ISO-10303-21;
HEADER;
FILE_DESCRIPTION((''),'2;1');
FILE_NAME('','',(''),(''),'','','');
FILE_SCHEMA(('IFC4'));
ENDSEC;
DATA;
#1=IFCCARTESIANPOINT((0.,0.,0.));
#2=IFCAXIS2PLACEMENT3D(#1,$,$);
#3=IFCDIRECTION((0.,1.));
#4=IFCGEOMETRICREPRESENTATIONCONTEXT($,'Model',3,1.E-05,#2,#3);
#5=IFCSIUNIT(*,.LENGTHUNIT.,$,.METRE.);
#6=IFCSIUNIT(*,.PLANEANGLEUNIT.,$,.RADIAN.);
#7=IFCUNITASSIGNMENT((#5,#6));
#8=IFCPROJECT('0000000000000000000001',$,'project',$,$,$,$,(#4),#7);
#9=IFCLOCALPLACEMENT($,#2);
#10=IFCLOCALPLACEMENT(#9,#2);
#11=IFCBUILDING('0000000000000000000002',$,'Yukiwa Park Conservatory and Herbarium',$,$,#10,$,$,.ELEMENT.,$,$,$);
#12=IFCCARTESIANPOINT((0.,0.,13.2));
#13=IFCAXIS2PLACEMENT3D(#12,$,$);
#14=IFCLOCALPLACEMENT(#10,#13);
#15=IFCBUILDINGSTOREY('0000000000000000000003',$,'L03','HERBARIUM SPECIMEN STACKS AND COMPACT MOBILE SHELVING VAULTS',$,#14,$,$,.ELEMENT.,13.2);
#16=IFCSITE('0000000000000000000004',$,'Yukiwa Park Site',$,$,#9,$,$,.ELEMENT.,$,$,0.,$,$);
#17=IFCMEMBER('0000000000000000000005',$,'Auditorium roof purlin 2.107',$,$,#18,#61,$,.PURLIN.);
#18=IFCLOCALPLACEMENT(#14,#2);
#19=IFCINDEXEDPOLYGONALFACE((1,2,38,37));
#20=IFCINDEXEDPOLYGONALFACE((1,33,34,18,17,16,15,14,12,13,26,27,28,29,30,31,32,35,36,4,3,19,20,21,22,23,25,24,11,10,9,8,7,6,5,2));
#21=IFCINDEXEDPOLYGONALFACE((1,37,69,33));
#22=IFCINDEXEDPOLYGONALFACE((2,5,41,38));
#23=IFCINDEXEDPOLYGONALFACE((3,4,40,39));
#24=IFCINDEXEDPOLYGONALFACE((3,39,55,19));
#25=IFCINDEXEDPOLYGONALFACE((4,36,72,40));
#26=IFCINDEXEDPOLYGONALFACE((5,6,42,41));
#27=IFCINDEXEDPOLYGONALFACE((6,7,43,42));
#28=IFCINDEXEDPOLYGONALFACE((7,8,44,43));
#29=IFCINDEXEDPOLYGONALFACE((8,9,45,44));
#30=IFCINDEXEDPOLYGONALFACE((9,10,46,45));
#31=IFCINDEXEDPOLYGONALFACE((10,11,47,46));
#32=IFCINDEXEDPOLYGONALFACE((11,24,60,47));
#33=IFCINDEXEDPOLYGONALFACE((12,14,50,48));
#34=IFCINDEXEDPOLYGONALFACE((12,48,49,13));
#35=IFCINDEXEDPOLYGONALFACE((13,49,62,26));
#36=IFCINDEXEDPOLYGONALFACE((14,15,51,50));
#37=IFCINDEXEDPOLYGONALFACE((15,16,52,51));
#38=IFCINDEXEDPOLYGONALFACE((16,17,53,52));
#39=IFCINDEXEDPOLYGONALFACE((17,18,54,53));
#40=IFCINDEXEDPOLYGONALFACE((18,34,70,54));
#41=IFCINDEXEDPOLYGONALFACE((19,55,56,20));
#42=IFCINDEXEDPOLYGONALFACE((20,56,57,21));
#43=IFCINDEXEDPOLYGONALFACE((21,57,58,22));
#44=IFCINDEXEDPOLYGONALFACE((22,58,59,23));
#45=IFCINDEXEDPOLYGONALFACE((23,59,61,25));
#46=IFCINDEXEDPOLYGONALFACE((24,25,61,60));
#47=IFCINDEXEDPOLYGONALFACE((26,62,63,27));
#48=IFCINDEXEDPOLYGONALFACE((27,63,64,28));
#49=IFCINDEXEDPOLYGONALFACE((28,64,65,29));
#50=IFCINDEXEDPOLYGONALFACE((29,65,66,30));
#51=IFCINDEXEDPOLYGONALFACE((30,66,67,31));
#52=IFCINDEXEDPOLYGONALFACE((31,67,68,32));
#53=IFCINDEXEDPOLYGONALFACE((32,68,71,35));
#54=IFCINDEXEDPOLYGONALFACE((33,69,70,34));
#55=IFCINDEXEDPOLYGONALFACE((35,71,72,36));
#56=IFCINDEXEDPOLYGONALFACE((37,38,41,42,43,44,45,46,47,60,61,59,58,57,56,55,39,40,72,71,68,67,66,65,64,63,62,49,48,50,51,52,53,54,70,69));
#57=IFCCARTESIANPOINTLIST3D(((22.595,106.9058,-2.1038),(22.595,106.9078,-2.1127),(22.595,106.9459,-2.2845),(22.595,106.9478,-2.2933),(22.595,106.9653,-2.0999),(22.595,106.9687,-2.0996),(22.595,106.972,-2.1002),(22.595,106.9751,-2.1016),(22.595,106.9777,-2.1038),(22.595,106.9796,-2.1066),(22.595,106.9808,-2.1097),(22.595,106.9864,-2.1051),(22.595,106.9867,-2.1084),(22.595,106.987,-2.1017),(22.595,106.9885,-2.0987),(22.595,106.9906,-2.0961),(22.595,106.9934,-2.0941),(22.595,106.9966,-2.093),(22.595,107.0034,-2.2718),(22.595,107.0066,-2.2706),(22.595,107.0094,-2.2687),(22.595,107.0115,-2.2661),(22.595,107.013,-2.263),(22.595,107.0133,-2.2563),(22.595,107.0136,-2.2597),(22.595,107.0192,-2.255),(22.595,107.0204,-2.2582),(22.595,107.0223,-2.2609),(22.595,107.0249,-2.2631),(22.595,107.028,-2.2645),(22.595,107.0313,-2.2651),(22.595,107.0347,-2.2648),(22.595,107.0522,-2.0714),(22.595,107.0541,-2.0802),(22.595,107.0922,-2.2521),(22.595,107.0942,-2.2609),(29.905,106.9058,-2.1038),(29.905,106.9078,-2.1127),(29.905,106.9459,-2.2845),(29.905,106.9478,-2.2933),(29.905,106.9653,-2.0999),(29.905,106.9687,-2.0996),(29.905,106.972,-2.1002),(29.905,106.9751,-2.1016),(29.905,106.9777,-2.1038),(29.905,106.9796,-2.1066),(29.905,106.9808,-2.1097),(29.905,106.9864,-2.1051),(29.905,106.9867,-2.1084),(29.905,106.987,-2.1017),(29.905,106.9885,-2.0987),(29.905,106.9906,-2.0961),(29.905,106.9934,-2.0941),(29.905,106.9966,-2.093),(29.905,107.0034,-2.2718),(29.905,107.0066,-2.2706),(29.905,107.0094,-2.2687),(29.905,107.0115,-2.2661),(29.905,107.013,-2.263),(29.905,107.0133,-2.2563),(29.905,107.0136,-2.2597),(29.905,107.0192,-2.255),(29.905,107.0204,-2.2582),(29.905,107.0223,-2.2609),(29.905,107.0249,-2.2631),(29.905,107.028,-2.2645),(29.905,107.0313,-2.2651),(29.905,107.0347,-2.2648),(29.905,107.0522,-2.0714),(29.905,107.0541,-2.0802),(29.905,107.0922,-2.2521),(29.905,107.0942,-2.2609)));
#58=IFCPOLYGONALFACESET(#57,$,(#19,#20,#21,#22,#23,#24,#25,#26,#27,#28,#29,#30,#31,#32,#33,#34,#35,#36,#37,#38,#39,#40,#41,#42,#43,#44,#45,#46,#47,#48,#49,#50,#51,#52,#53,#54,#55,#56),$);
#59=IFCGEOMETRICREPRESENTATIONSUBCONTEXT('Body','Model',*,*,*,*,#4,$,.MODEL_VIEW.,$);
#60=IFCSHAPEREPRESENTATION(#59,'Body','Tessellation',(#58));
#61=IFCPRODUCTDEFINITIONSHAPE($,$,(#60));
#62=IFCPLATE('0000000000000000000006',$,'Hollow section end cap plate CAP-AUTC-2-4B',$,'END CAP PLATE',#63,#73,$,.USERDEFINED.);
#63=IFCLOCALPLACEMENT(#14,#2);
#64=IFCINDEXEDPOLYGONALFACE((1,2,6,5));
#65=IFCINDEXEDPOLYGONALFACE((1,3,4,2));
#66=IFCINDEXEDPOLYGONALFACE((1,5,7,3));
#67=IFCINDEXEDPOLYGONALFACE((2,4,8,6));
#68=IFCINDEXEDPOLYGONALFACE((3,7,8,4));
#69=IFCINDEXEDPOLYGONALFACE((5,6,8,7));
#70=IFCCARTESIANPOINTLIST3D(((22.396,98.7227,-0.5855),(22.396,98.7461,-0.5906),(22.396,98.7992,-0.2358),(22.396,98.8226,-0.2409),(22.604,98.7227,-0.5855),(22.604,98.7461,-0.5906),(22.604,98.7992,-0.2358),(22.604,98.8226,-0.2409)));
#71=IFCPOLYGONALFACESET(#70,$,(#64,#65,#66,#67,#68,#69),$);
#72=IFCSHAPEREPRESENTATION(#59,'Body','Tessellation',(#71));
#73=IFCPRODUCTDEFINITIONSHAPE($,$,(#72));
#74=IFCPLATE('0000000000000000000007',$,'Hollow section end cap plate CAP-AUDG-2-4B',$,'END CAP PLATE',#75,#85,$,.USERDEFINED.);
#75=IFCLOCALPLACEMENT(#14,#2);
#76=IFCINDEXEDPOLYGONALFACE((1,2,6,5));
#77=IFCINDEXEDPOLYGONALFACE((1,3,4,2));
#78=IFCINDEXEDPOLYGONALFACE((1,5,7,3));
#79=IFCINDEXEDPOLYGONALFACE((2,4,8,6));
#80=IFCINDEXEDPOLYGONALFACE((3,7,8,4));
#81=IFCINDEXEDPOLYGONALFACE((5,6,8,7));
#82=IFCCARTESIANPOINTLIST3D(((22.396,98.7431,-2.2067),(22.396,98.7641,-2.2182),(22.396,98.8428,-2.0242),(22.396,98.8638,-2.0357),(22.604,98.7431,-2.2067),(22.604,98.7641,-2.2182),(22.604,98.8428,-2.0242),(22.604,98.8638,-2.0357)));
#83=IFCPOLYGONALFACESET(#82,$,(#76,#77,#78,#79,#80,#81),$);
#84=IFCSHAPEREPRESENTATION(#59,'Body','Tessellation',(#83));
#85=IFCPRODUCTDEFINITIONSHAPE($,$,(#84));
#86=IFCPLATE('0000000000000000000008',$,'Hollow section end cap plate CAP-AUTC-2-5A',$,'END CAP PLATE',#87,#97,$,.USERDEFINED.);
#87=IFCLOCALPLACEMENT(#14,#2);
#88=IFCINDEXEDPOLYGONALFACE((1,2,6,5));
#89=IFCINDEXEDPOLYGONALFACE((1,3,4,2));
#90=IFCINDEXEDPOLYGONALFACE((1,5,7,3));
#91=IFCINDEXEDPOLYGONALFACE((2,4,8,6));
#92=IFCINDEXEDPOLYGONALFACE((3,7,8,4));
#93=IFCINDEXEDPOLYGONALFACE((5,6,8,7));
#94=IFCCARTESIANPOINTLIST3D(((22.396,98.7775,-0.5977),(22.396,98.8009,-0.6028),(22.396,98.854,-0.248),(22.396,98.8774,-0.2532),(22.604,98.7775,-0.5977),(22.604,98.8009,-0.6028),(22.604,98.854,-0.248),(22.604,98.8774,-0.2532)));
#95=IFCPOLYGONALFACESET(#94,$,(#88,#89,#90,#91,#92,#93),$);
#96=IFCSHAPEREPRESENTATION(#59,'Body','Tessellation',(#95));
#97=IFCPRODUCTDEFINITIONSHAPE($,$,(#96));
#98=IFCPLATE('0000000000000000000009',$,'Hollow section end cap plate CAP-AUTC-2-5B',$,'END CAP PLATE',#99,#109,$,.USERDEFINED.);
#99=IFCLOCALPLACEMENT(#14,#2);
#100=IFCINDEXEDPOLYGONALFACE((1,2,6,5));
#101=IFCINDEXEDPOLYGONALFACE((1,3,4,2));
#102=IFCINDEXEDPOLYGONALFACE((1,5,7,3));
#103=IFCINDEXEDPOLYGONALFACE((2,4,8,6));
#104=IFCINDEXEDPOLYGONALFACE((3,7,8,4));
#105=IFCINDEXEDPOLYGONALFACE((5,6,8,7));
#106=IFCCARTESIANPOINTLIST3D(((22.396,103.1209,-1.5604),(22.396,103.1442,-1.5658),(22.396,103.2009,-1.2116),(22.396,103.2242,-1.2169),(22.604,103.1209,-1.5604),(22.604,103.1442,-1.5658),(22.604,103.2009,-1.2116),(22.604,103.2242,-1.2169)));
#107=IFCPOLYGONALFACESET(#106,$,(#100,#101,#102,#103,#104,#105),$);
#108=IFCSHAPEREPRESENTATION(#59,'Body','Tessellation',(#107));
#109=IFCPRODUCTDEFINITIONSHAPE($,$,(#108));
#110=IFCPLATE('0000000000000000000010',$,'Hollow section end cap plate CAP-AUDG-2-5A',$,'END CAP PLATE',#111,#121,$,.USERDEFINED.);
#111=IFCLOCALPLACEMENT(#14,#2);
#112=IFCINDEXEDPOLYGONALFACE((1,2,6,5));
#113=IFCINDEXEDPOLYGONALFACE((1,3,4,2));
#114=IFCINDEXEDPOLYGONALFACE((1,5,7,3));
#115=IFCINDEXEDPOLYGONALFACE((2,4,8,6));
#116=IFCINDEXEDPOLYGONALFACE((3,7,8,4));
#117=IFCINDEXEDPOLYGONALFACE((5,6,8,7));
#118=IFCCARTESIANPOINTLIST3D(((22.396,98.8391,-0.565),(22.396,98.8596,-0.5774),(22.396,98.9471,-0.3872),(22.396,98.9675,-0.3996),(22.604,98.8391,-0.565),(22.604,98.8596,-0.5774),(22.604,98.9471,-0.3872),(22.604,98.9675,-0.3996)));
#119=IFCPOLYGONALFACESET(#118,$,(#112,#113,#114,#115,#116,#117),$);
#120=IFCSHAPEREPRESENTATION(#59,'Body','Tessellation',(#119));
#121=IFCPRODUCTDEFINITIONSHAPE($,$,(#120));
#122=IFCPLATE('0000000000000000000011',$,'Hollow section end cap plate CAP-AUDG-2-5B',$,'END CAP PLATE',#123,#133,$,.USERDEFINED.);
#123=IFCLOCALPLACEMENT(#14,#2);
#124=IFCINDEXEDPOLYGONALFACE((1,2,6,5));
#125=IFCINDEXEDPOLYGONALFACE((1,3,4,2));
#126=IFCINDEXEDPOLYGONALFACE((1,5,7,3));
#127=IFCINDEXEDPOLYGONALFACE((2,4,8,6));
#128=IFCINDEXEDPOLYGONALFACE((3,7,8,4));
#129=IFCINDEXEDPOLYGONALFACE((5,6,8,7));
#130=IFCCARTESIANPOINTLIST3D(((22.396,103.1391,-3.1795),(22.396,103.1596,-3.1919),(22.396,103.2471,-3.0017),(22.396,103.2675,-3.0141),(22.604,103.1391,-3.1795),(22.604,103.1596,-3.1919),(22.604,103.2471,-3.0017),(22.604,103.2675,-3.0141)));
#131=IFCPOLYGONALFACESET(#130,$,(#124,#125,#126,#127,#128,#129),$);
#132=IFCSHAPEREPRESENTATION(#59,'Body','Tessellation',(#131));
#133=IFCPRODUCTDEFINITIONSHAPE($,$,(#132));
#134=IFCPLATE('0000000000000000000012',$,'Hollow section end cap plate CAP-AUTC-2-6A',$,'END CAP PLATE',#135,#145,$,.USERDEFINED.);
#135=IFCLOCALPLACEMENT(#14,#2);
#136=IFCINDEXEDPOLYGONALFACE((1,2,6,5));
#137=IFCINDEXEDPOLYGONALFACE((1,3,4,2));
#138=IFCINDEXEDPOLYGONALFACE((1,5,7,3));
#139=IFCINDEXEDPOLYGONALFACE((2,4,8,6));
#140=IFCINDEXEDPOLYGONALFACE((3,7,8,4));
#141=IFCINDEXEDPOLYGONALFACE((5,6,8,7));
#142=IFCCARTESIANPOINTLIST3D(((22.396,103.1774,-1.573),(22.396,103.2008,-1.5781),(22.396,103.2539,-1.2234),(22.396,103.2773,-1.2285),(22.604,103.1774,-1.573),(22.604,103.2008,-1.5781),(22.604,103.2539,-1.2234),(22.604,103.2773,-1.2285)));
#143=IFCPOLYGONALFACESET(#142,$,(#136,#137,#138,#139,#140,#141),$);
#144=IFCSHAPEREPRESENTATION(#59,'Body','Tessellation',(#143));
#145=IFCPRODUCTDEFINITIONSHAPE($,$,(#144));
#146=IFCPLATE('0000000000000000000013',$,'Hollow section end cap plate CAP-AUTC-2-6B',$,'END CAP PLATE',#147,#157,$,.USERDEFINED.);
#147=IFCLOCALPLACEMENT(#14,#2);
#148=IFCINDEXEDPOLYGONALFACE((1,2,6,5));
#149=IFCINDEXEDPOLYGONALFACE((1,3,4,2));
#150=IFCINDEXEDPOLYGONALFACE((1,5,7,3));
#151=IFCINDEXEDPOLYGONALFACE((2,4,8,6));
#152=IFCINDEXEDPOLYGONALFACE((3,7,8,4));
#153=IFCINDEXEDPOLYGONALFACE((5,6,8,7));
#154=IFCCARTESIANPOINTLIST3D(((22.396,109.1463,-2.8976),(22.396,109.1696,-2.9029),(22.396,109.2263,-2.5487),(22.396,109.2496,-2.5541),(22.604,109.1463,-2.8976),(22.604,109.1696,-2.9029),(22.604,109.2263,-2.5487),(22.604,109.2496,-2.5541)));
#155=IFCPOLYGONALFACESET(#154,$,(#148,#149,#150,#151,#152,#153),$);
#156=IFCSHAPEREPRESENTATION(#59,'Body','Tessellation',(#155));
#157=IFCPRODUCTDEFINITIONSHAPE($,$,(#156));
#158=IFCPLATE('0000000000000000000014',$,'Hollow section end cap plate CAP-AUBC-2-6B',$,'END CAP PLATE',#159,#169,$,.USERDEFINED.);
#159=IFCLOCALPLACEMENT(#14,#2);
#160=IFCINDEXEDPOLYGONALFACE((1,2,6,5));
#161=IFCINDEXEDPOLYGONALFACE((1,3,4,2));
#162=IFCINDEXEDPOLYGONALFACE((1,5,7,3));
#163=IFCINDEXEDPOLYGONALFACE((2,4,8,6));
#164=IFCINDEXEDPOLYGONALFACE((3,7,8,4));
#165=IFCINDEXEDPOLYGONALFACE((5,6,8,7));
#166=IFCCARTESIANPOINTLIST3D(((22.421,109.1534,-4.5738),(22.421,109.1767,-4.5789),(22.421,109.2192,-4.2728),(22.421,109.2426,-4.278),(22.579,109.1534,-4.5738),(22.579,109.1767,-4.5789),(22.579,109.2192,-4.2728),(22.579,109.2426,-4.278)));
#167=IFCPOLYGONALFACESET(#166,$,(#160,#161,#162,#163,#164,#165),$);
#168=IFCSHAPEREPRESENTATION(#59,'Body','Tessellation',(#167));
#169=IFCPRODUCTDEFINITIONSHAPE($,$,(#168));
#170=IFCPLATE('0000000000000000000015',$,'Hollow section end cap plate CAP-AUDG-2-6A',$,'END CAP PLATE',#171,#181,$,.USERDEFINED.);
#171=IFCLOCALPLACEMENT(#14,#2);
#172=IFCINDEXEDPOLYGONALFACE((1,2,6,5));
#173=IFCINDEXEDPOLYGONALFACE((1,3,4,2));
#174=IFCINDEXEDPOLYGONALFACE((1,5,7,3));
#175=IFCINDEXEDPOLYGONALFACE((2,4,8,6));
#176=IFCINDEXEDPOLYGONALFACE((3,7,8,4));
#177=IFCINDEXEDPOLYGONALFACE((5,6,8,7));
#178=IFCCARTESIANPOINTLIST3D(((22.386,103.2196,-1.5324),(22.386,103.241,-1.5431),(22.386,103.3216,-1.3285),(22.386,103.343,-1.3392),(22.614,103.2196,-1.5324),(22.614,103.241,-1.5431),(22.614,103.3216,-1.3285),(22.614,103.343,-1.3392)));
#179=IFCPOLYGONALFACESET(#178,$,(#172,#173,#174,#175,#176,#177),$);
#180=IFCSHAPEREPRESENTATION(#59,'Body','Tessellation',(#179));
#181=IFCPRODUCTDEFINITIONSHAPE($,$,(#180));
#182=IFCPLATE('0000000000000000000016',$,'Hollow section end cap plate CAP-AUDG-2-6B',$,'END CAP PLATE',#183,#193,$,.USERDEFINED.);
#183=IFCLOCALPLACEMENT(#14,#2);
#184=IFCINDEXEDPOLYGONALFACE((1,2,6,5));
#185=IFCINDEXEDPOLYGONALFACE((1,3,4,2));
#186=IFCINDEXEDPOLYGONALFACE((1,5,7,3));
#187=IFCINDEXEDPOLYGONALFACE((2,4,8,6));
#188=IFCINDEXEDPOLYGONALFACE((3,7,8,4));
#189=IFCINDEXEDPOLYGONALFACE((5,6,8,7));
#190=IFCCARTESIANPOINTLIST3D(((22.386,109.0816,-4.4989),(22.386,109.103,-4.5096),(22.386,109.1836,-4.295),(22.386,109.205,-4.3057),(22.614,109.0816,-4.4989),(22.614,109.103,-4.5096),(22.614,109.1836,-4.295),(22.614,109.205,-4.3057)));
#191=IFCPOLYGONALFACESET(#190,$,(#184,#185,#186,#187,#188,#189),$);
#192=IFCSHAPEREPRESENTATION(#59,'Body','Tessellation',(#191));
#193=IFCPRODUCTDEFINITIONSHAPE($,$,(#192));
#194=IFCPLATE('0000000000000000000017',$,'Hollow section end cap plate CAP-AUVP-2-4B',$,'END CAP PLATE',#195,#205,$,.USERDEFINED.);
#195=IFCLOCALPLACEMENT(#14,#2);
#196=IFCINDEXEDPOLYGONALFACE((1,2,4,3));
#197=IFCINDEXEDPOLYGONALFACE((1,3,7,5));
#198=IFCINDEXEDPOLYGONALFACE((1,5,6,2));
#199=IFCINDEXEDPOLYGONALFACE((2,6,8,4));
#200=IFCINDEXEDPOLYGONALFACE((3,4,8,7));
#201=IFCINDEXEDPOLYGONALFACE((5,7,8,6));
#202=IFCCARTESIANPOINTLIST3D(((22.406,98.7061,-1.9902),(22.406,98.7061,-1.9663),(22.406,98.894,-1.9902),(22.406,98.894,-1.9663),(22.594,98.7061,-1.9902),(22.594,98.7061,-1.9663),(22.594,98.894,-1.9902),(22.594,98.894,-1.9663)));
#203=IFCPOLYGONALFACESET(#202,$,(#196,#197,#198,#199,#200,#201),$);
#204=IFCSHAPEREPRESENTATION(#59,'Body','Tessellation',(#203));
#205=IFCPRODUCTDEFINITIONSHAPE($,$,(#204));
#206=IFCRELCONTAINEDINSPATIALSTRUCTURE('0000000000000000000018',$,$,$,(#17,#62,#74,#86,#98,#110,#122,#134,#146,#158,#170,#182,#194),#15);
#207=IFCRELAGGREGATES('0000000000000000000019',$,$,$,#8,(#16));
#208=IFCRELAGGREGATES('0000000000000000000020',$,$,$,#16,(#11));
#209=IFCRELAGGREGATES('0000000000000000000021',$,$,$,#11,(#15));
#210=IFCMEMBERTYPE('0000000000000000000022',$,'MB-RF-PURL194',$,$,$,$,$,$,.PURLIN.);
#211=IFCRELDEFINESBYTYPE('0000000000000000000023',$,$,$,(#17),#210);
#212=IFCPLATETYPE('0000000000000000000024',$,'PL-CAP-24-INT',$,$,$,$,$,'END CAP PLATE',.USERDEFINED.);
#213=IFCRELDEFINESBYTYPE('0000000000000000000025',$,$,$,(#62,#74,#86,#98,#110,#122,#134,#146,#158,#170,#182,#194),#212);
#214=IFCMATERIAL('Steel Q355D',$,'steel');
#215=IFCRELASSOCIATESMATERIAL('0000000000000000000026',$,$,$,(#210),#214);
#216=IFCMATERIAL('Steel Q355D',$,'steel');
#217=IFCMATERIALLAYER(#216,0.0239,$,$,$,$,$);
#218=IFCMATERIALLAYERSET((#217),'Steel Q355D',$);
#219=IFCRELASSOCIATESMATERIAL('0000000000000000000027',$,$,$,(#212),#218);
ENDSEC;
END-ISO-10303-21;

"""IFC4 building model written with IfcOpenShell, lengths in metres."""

from ifc_helpers import new_model, si_unit, direction, frame, origin, origin_2d, place, context, subcontext, project, spatial, rectangle, i_section, extrude, material, layer, layer_set, material_profile, profile_set, type_object, element, save


model = new_model("IFC4")

# Units and contexts
model_context = context("Model", 3, precision=1e-05, world=origin(), true_north=direction((0.0, 1.0)))
body_context = subcontext(model_context, "Body", "Model", "MODEL_VIEW")
ifc_project = project(units=[si_unit("LENGTHUNIT", "METRE"), si_unit("PLANEANGLEUNIT", "RADIAN")], contexts=[model_context])

# Site, building, storey
site_placement = place(None, origin())
site = spatial("IfcSite", under=ifc_project, at=site_placement, Name="Yukiwa Park Site", CompositionType="ELEMENT", RefElevation=0.0)
building_placement = place(site_placement, origin())
building = spatial("IfcBuilding", under=site, at=building_placement, Name="Yukiwa Park Conservatory and Herbarium", CompositionType="ELEMENT")
storey_placement = place(building_placement, frame((0.0, 0.0, 13.2)))
storey = spatial("IfcBuildingStorey", under=building, at=storey_placement, Name="L03", Description="HERBARIUM SPECIMEN STACKS AND COMPACT MOBILE SHELVING VAULTS", CompositionType="ELEMENT", Elevation=13.2)

# Member
ifc_material_1 = material(Name="Steel Q355D", Category="steel")
ifc_material_profile_1 = material_profile(ifc_material_1, i_section(OverallWidth=0.1499, OverallDepth=0.1941, WebThickness=0.0061, FlangeThickness=0.009, FilletRadius=0.0129, at=origin_2d()), Name="HM 194x150x6x9")
ifc_profile_set_1 = profile_set([ifc_material_profile_1], Name="Steel Q355D")
member_type_1 = type_object("IfcMemberType", Name="MB-RF-PURL194", PredefinedType="PURLIN", material=ifc_profile_set_1)
for number, where, z_axis, x_axis, name in (
    (1, (22.595, 107.0, -2.1824), (1.0, 0.0, 0.0), (0.0, 0.976296, 0.21644), "Auditorium roof purlin 2.107"),
):
    element("IfcMember", number, at=place(storey_placement, frame(where, z_axis=z_axis, x_axis=x_axis)), inside=storey, type_object=member_type_1, Name=name, PredefinedType="PURLIN", context=body_context, shape_type="SweptSolid", body=[
        extrude(i_section(OverallWidth=0.1499, OverallDepth=0.1941, WebThickness=0.0061, FlangeThickness=0.009, FilletRadius=0.0129, at=origin_2d()), origin(), (0.0, 0.0, 1.0), 7.3101),
    ])

# Plates
ifc_material_2 = material(Name="Steel Q355D", Category="steel")
ifc_layer = layer(ifc_material_2, 0.0239)
ifc_layer_set = layer_set([ifc_layer], Name="Steel Q355D")
plate_type = type_object("IfcPlateType", Name="PL-CAP-24-INT", ElementType="END CAP PLATE", PredefinedType="USERDEFINED", material=ifc_layer_set)
plate_1_placement = place(storey_placement, frame((22.5, 98.761, -0.4106), z_axis=(0.0, 0.9769, -0.213697), x_axis=(-1.0, 0.0, 0.0)))
element("IfcPlate", 2, at=plate_1_placement, inside=storey, type_object=plate_type, Name="Hollow section end cap plate CAP-AUTC-2-4B", ObjectType="END CAP PLATE", PredefinedType="USERDEFINED", context=body_context, shape_type="SweptSolid", body=[
    extrude(rectangle(XDim=0.208, YDim=0.3579, at=origin_2d()), origin(), (0.0, 0.0, 1.0), 0.0239),
])
plate_2_placement = place(storey_placement, frame((22.5, 98.793, -2.1155), z_axis=(0.0, 0.877505, -0.479567), x_axis=(-1.0, 0.0, 0.0)))
element("IfcPlate", 3, at=plate_2_placement, inside=storey, type_object=plate_type, Name="Hollow section end cap plate CAP-AUDG-2-4B", ObjectType="END CAP PLATE", PredefinedType="USERDEFINED", context=body_context, shape_type="SweptSolid", body=[
    extrude(rectangle(XDim=0.208, YDim=0.208, at=origin_2d()), origin(), (0.0, 0.0, 1.0), 0.0239),
])
for number, where, z_axis, x_axis, name in (
    (4, (22.5, 98.8391, -0.428), (0.0, -0.9769, 0.213697), (1.0, 0.0, 0.0), "Hollow section end cap plate CAP-AUTC-2-5A"),
    (5, (22.5, 103.1609, -1.386), (0.0, 0.974732, -0.223376), (-1.0, 0.0, 0.0), "Hollow section end cap plate CAP-AUTC-2-5B"),
):
    element("IfcPlate", number, at=place(storey_placement, frame(where, z_axis=z_axis, x_axis=x_axis)), inside=storey, type_object=plate_type, Name=name, ObjectType="END CAP PLATE", PredefinedType="USERDEFINED", context=body_context, shape_type="SweptSolid", body=[
        extrude(rectangle(XDim=0.208, YDim=0.3579, at=origin_2d()), origin(), (0.0, 0.0, 1.0), 0.0239),
    ])
for number, where, z_axis, x_axis, name in (
    (6, (22.5, 98.9136, -0.4885), (0.0, -0.854788, 0.518978), (1.0, 0.0, 0.0), "Hollow section end cap plate CAP-AUDG-2-5A"),
    (7, (22.5, 103.1931, -3.0906), (0.0, 0.854788, -0.518978), (-1.0, 0.0, 0.0), "Hollow section end cap plate CAP-AUDG-2-5B"),
):
    element("IfcPlate", number, at=place(storey_placement, frame(where, z_axis=z_axis, x_axis=x_axis)), inside=storey, type_object=plate_type, Name=name, ObjectType="END CAP PLATE", PredefinedType="USERDEFINED", context=body_context, shape_type="SweptSolid", body=[
        extrude(rectangle(XDim=0.208, YDim=0.208, at=origin_2d()), origin(), (0.0, 0.0, 1.0), 0.0239),
    ])
for number, where, z_axis, x_axis, name in (
    (8, (22.5, 103.239, -1.4033), (0.0, -0.9769, 0.213697), (1.0, 0.0, 0.0), "Hollow section end cap plate CAP-AUTC-2-6A"),
    (9, (22.5, 109.1863, -2.7231), (0.0, 0.974732, -0.223376), (-1.0, 0.0, 0.0), "Hollow section end cap plate CAP-AUTC-2-6B"),
):
    element("IfcPlate", number, at=place(storey_placement, frame(where, z_axis=z_axis, x_axis=x_axis)), inside=storey, type_object=plate_type, Name=name, ObjectType="END CAP PLATE", PredefinedType="USERDEFINED", context=body_context, shape_type="SweptSolid", body=[
        extrude(rectangle(XDim=0.208, YDim=0.3579, at=origin_2d()), origin(), (0.0, 0.0, 1.0), 0.0239),
    ])
plate_3_placement = place(storey_placement, frame((22.5, 109.1863, -4.4233), z_axis=(0.0, 0.9769, -0.213697), x_axis=(-1.0, 0.0, 0.0)))
element("IfcPlate", 10, at=plate_3_placement, inside=storey, type_object=plate_type, Name="Hollow section end cap plate CAP-AUBC-2-6B", ObjectType="END CAP PLATE", PredefinedType="USERDEFINED", context=body_context, shape_type="SweptSolid", body=[
    extrude(rectangle(XDim=0.158, YDim=0.3081, at=origin_2d()), origin(), (0.0, 0.0, 1.0), 0.0239),
])
for number, where, z_axis, x_axis, name in (
    (11, (22.5, 103.292, -1.4412), (0.0, -0.894427, 0.447214), (1.0, 0.0, 0.0), "Hollow section end cap plate CAP-AUDG-2-6A"),
    (12, (22.5, 109.1326, -4.397), (0.0, 0.894427, -0.447214), (-1.0, 0.0, 0.0), "Hollow section end cap plate CAP-AUDG-2-6B"),
):
    element("IfcPlate", number, at=place(storey_placement, frame(where, z_axis=z_axis, x_axis=x_axis)), inside=storey, type_object=plate_type, Name=name, ObjectType="END CAP PLATE", PredefinedType="USERDEFINED", context=body_context, shape_type="SweptSolid", body=[
        extrude(rectangle(XDim=0.228, YDim=0.228, at=origin_2d()), origin(), (0.0, 0.0, 1.0), 0.0239),
    ])
for number, where, z_axis, x_axis, name in (
    (13, (22.5, 98.8, -1.9663), (0.0, 0.0, -1.0), (1.0, 0.0, 0.0), "Hollow section end cap plate CAP-AUVP-2-4B"),
):
    element("IfcPlate", number, at=place(storey_placement, frame(where, z_axis=z_axis, x_axis=x_axis)), inside=storey, type_object=plate_type, Name=name, ObjectType="END CAP PLATE", PredefinedType="USERDEFINED", context=body_context, shape_type="SweptSolid", body=[
        extrude(rectangle(XDim=0.188, YDim=0.188, at=origin_2d()), origin(), (0.0, 0.0, 1.0), 0.0239),
    ])

save(model, "model.ifc")
